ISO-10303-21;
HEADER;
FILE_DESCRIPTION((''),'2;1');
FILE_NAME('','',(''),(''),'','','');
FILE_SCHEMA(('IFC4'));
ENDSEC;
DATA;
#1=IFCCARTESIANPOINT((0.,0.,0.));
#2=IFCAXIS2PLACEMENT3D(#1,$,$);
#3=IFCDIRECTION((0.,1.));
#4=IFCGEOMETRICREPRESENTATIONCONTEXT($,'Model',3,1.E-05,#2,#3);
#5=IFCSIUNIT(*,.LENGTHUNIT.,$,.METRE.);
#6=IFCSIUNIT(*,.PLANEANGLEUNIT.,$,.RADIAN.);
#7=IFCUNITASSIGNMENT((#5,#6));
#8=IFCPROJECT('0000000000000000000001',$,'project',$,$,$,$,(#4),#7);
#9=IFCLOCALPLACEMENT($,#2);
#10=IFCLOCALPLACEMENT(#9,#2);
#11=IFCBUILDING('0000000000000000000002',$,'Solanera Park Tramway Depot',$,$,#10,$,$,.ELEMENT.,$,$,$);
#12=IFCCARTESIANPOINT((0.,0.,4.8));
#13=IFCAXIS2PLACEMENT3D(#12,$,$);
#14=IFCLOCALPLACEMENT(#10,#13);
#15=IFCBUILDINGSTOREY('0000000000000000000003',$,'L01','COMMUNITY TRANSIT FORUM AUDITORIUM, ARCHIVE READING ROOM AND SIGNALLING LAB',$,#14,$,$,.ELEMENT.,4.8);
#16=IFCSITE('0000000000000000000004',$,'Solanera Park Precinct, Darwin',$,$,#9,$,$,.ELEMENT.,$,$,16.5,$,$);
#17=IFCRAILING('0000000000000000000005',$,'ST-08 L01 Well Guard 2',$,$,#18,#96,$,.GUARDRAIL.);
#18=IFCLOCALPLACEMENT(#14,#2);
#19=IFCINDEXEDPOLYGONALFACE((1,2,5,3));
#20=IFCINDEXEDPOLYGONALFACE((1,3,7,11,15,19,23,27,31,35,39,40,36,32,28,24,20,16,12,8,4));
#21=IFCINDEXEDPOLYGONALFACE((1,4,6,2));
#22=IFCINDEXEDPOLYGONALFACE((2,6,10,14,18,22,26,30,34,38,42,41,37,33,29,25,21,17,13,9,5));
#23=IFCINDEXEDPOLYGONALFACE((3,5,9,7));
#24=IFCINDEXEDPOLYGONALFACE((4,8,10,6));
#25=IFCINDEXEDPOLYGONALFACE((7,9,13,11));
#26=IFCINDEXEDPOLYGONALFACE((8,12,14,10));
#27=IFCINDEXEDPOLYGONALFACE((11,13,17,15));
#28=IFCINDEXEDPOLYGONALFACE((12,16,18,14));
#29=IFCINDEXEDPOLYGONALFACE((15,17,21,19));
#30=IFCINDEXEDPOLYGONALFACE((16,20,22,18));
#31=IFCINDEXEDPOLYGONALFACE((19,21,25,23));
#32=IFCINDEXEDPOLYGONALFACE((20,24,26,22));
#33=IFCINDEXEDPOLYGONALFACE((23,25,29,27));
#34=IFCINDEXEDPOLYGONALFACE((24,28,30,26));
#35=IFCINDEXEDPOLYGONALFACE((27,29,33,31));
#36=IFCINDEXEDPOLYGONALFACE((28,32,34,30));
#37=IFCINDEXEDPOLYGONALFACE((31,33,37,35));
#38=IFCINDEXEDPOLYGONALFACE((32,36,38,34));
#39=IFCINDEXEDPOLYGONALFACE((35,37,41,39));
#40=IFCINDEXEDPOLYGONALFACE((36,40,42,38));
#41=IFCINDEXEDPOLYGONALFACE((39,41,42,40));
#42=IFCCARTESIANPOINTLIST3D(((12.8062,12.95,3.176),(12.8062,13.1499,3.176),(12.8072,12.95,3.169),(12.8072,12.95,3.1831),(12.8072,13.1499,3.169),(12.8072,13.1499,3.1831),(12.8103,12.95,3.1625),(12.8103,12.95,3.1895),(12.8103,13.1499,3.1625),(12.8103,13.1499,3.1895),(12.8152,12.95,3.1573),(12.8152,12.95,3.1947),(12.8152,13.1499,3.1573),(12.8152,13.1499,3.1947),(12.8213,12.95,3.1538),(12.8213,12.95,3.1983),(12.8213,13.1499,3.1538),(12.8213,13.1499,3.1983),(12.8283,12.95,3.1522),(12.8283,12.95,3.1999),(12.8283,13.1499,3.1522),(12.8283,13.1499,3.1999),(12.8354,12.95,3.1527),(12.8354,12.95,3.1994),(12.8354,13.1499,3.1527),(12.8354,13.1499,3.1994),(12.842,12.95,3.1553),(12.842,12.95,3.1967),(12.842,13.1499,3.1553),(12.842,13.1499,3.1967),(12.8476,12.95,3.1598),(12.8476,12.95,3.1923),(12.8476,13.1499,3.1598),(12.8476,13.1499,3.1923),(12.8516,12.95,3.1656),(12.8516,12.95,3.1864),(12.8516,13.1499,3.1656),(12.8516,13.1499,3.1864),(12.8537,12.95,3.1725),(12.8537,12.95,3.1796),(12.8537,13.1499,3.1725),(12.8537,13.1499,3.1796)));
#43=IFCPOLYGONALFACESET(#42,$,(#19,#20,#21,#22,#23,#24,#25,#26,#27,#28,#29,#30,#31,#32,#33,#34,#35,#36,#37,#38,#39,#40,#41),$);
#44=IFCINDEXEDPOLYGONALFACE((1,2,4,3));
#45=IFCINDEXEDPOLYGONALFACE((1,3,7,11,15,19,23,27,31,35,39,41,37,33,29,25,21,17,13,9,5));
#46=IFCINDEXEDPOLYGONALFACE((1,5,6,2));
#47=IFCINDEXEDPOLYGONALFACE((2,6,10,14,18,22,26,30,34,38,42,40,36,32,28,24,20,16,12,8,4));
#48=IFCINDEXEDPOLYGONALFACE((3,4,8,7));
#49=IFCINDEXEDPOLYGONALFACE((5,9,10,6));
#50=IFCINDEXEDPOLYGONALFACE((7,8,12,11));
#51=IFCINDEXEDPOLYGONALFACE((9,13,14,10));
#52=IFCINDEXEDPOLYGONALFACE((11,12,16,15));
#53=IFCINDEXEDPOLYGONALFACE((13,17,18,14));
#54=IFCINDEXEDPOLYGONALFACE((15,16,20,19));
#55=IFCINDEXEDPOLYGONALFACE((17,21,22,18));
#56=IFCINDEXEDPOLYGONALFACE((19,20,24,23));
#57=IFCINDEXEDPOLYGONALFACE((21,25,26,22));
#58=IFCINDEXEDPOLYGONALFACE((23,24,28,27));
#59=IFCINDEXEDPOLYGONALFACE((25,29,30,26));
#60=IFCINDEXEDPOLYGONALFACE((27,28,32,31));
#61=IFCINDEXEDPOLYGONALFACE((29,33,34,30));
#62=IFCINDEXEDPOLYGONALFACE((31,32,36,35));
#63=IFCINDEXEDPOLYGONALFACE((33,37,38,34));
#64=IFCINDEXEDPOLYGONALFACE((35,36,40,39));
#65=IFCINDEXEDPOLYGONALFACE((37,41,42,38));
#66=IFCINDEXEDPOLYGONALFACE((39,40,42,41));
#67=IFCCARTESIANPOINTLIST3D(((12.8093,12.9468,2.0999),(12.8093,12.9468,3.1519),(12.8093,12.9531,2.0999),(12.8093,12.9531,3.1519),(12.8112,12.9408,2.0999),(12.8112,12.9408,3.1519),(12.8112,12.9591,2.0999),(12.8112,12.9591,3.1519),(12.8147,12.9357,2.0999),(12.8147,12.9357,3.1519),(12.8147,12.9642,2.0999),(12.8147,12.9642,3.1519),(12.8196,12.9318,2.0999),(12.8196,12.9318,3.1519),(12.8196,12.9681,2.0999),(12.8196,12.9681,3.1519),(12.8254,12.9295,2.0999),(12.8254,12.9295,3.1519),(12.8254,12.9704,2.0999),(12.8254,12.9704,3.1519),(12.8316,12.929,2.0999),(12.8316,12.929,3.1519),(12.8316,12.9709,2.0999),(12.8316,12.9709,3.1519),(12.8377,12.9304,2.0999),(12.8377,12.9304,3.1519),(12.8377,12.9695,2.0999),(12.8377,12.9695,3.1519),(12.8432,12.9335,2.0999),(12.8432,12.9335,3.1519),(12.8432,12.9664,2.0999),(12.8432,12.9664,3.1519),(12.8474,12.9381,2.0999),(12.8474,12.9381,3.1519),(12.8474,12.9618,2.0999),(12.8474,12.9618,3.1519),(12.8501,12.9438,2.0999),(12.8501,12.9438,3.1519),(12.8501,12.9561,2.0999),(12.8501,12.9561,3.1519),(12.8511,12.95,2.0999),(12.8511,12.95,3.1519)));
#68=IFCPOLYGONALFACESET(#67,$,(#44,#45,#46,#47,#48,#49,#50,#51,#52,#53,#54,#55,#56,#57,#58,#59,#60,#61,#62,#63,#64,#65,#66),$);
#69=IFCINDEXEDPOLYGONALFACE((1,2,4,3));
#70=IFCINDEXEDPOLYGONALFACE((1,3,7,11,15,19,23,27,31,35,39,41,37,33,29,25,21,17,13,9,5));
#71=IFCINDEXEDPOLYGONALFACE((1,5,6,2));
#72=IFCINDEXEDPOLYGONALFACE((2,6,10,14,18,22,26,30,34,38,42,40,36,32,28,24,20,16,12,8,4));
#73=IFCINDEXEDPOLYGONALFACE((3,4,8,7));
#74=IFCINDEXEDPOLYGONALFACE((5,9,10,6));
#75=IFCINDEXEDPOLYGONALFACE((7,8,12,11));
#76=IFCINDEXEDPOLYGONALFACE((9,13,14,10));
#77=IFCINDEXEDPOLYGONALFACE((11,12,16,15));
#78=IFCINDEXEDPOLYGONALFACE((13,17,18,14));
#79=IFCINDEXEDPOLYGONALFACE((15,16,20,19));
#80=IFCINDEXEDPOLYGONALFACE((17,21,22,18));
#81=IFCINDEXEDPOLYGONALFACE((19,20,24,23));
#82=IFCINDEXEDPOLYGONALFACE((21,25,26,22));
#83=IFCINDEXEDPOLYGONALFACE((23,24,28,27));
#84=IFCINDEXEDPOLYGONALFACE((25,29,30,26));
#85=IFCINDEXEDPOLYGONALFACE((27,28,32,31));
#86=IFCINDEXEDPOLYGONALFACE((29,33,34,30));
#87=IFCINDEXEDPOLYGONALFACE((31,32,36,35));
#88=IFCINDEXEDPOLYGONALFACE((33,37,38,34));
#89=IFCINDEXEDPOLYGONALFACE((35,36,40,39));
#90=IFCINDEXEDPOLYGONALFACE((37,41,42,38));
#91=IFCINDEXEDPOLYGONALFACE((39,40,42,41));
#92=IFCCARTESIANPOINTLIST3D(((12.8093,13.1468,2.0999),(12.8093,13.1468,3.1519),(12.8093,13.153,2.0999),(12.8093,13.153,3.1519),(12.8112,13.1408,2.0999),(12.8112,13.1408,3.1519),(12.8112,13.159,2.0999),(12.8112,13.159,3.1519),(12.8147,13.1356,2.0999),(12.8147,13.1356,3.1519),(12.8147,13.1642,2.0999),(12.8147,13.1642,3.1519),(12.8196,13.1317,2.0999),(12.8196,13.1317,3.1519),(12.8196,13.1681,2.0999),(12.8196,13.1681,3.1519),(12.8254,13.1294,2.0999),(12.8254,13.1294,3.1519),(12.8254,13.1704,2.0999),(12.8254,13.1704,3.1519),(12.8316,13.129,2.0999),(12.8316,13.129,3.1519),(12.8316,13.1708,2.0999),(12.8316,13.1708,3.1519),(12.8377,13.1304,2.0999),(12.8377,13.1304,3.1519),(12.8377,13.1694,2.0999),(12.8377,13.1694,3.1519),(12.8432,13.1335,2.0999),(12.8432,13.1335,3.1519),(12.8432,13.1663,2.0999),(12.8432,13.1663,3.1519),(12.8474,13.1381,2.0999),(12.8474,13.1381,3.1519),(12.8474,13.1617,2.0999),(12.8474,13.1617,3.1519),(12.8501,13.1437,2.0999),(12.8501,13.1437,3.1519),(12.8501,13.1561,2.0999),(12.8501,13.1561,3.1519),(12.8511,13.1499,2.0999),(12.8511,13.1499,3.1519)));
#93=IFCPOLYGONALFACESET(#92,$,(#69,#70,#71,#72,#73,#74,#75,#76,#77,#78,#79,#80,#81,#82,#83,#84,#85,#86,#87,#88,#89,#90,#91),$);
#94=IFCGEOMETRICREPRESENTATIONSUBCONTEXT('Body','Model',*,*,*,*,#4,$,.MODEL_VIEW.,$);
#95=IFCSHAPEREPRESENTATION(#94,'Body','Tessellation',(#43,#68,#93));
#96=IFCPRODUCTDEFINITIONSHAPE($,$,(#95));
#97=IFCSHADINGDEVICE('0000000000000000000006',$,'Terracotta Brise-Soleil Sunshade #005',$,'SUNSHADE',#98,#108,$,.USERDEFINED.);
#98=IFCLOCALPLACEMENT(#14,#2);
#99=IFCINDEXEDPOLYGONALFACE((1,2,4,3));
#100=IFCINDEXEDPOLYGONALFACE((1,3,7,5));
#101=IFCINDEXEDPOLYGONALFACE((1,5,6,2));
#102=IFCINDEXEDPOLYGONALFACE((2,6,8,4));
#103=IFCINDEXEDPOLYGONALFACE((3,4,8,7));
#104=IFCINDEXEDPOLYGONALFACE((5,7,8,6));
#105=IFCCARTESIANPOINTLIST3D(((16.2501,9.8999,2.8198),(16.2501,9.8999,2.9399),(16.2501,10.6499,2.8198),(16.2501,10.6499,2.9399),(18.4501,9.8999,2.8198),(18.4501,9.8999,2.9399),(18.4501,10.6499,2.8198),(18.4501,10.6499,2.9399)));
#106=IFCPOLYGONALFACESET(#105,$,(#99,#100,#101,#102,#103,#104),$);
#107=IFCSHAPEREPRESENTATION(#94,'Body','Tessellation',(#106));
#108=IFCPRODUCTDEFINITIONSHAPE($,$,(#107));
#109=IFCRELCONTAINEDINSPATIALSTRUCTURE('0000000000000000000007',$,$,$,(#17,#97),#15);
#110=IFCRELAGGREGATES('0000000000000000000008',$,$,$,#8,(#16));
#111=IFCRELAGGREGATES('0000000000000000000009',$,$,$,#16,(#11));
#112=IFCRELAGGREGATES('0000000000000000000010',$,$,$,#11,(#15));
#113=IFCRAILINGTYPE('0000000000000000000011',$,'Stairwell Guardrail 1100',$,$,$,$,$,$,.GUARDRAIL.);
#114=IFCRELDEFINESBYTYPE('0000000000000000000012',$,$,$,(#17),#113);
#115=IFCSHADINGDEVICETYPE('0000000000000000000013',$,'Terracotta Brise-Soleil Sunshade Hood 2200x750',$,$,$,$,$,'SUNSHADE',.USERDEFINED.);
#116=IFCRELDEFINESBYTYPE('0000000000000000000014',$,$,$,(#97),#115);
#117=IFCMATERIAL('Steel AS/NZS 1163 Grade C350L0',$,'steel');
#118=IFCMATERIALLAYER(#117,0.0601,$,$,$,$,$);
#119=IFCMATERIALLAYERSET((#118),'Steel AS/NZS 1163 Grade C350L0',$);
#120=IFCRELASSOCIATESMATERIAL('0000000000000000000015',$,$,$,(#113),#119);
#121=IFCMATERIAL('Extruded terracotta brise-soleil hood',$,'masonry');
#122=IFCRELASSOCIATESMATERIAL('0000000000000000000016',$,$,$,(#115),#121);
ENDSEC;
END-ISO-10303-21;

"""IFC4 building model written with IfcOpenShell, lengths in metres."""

from ifc_helpers import new_model, si_unit, direction, frame, origin, origin_2d, place, context, subcontext, project, spatial, rectangle, circle, extrude, material, layer, layer_set, type_object, element, save


model = new_model("IFC4")

# Units and contexts
model_context = context("Model", 3, precision=1e-05, world=origin(), true_north=direction((0.0, 1.0)))
body_context = subcontext(model_context, "Body", "Model", "MODEL_VIEW")
ifc_project = project(units=[si_unit("LENGTHUNIT", "METRE"), si_unit("PLANEANGLEUNIT", "RADIAN")], contexts=[model_context])

# Site, building, storey
site_placement = place(None, origin())
site = spatial("IfcSite", under=ifc_project, at=site_placement, Name="Solanera Park Precinct, Darwin", CompositionType="ELEMENT", RefElevation=16.5)
building_placement = place(site_placement, origin())
building = spatial("IfcBuilding", under=site, at=building_placement, Name="Solanera Park Tramway Depot", CompositionType="ELEMENT")
storey_placement = place(building_placement, frame((0.0, 0.0, 4.8)))
storey = spatial("IfcBuildingStorey", under=building, at=storey_placement, Name="L01", Description="COMMUNITY TRANSIT FORUM AUDITORIUM, ARCHIVE READING ROOM AND SIGNALLING LAB", CompositionType="ELEMENT", Elevation=4.8)

# Railing
ifc_material_1 = material(Name="Steel AS/NZS 1163 Grade C350L0", Category="steel")
ifc_layer_1 = layer(ifc_material_1, 0.0601)
ifc_layer_set_1 = layer_set([ifc_layer_1], Name="Steel AS/NZS 1163 Grade C350L0")
railing_type_1 = type_object("IfcRailingType", Name="Stairwell Guardrail 1100", PredefinedType="GUARDRAIL", material=ifc_layer_set_1)
railing_1_placement = place(storey_placement, frame((12.8301, 12.95, 2.0999)))
element("IfcRailing", 1, at=railing_1_placement, inside=storey, type_object=railing_type_1, Name="ST-08 L01 Well Guard 2", PredefinedType="GUARDRAIL", context=body_context, shape_type="SweptSolid", body=[
    extrude(circle(Radius=0.0239, at=origin_2d()), frame((0.0, 0.0, 1.0762), z_axis=(0.0, 1.0, 0.0), x_axis=(-1.0, 0.0, 0.0)), (0.0, 0.0, 1.0), 0.2),
    extrude(circle(Radius=0.021, at=origin_2d()), origin(), (0.0, 0.0, 1.0), 1.052),
    extrude(circle(Radius=0.021, at=origin_2d()), frame((0.0, 0.2, 0.0)), (0.0, 0.0, 1.0), 1.052),
])

# Shading device
ifc_material_2 = material(Name="Extruded terracotta brise-soleil hood", Category="masonry")
shading_device_type = type_object("IfcShadingDeviceType", Name="Terracotta Brise-Soleil Sunshade Hood 2200x750", ElementType="SUNSHADE", PredefinedType="USERDEFINED", material=ifc_material_2)
shading_device_placement = place(storey_placement, frame((17.3501, 10.2749, 2.8198), z_axis=(0.0, 0.0, 1.0), x_axis=(1.0, 0.0, 0.0)))
element("IfcShadingDevice", 2, at=shading_device_placement, inside=storey, type_object=shading_device_type, Name="Terracotta Brise-Soleil Sunshade #005", ObjectType="SUNSHADE", PredefinedType="USERDEFINED", context=body_context, shape_type="SweptSolid", body=[
    extrude(rectangle(XDim=2.2, YDim=0.75, at=origin_2d()), origin(), (0.0, 0.0, 1.0), 0.1201),
])

save(model, "model.ifc")
